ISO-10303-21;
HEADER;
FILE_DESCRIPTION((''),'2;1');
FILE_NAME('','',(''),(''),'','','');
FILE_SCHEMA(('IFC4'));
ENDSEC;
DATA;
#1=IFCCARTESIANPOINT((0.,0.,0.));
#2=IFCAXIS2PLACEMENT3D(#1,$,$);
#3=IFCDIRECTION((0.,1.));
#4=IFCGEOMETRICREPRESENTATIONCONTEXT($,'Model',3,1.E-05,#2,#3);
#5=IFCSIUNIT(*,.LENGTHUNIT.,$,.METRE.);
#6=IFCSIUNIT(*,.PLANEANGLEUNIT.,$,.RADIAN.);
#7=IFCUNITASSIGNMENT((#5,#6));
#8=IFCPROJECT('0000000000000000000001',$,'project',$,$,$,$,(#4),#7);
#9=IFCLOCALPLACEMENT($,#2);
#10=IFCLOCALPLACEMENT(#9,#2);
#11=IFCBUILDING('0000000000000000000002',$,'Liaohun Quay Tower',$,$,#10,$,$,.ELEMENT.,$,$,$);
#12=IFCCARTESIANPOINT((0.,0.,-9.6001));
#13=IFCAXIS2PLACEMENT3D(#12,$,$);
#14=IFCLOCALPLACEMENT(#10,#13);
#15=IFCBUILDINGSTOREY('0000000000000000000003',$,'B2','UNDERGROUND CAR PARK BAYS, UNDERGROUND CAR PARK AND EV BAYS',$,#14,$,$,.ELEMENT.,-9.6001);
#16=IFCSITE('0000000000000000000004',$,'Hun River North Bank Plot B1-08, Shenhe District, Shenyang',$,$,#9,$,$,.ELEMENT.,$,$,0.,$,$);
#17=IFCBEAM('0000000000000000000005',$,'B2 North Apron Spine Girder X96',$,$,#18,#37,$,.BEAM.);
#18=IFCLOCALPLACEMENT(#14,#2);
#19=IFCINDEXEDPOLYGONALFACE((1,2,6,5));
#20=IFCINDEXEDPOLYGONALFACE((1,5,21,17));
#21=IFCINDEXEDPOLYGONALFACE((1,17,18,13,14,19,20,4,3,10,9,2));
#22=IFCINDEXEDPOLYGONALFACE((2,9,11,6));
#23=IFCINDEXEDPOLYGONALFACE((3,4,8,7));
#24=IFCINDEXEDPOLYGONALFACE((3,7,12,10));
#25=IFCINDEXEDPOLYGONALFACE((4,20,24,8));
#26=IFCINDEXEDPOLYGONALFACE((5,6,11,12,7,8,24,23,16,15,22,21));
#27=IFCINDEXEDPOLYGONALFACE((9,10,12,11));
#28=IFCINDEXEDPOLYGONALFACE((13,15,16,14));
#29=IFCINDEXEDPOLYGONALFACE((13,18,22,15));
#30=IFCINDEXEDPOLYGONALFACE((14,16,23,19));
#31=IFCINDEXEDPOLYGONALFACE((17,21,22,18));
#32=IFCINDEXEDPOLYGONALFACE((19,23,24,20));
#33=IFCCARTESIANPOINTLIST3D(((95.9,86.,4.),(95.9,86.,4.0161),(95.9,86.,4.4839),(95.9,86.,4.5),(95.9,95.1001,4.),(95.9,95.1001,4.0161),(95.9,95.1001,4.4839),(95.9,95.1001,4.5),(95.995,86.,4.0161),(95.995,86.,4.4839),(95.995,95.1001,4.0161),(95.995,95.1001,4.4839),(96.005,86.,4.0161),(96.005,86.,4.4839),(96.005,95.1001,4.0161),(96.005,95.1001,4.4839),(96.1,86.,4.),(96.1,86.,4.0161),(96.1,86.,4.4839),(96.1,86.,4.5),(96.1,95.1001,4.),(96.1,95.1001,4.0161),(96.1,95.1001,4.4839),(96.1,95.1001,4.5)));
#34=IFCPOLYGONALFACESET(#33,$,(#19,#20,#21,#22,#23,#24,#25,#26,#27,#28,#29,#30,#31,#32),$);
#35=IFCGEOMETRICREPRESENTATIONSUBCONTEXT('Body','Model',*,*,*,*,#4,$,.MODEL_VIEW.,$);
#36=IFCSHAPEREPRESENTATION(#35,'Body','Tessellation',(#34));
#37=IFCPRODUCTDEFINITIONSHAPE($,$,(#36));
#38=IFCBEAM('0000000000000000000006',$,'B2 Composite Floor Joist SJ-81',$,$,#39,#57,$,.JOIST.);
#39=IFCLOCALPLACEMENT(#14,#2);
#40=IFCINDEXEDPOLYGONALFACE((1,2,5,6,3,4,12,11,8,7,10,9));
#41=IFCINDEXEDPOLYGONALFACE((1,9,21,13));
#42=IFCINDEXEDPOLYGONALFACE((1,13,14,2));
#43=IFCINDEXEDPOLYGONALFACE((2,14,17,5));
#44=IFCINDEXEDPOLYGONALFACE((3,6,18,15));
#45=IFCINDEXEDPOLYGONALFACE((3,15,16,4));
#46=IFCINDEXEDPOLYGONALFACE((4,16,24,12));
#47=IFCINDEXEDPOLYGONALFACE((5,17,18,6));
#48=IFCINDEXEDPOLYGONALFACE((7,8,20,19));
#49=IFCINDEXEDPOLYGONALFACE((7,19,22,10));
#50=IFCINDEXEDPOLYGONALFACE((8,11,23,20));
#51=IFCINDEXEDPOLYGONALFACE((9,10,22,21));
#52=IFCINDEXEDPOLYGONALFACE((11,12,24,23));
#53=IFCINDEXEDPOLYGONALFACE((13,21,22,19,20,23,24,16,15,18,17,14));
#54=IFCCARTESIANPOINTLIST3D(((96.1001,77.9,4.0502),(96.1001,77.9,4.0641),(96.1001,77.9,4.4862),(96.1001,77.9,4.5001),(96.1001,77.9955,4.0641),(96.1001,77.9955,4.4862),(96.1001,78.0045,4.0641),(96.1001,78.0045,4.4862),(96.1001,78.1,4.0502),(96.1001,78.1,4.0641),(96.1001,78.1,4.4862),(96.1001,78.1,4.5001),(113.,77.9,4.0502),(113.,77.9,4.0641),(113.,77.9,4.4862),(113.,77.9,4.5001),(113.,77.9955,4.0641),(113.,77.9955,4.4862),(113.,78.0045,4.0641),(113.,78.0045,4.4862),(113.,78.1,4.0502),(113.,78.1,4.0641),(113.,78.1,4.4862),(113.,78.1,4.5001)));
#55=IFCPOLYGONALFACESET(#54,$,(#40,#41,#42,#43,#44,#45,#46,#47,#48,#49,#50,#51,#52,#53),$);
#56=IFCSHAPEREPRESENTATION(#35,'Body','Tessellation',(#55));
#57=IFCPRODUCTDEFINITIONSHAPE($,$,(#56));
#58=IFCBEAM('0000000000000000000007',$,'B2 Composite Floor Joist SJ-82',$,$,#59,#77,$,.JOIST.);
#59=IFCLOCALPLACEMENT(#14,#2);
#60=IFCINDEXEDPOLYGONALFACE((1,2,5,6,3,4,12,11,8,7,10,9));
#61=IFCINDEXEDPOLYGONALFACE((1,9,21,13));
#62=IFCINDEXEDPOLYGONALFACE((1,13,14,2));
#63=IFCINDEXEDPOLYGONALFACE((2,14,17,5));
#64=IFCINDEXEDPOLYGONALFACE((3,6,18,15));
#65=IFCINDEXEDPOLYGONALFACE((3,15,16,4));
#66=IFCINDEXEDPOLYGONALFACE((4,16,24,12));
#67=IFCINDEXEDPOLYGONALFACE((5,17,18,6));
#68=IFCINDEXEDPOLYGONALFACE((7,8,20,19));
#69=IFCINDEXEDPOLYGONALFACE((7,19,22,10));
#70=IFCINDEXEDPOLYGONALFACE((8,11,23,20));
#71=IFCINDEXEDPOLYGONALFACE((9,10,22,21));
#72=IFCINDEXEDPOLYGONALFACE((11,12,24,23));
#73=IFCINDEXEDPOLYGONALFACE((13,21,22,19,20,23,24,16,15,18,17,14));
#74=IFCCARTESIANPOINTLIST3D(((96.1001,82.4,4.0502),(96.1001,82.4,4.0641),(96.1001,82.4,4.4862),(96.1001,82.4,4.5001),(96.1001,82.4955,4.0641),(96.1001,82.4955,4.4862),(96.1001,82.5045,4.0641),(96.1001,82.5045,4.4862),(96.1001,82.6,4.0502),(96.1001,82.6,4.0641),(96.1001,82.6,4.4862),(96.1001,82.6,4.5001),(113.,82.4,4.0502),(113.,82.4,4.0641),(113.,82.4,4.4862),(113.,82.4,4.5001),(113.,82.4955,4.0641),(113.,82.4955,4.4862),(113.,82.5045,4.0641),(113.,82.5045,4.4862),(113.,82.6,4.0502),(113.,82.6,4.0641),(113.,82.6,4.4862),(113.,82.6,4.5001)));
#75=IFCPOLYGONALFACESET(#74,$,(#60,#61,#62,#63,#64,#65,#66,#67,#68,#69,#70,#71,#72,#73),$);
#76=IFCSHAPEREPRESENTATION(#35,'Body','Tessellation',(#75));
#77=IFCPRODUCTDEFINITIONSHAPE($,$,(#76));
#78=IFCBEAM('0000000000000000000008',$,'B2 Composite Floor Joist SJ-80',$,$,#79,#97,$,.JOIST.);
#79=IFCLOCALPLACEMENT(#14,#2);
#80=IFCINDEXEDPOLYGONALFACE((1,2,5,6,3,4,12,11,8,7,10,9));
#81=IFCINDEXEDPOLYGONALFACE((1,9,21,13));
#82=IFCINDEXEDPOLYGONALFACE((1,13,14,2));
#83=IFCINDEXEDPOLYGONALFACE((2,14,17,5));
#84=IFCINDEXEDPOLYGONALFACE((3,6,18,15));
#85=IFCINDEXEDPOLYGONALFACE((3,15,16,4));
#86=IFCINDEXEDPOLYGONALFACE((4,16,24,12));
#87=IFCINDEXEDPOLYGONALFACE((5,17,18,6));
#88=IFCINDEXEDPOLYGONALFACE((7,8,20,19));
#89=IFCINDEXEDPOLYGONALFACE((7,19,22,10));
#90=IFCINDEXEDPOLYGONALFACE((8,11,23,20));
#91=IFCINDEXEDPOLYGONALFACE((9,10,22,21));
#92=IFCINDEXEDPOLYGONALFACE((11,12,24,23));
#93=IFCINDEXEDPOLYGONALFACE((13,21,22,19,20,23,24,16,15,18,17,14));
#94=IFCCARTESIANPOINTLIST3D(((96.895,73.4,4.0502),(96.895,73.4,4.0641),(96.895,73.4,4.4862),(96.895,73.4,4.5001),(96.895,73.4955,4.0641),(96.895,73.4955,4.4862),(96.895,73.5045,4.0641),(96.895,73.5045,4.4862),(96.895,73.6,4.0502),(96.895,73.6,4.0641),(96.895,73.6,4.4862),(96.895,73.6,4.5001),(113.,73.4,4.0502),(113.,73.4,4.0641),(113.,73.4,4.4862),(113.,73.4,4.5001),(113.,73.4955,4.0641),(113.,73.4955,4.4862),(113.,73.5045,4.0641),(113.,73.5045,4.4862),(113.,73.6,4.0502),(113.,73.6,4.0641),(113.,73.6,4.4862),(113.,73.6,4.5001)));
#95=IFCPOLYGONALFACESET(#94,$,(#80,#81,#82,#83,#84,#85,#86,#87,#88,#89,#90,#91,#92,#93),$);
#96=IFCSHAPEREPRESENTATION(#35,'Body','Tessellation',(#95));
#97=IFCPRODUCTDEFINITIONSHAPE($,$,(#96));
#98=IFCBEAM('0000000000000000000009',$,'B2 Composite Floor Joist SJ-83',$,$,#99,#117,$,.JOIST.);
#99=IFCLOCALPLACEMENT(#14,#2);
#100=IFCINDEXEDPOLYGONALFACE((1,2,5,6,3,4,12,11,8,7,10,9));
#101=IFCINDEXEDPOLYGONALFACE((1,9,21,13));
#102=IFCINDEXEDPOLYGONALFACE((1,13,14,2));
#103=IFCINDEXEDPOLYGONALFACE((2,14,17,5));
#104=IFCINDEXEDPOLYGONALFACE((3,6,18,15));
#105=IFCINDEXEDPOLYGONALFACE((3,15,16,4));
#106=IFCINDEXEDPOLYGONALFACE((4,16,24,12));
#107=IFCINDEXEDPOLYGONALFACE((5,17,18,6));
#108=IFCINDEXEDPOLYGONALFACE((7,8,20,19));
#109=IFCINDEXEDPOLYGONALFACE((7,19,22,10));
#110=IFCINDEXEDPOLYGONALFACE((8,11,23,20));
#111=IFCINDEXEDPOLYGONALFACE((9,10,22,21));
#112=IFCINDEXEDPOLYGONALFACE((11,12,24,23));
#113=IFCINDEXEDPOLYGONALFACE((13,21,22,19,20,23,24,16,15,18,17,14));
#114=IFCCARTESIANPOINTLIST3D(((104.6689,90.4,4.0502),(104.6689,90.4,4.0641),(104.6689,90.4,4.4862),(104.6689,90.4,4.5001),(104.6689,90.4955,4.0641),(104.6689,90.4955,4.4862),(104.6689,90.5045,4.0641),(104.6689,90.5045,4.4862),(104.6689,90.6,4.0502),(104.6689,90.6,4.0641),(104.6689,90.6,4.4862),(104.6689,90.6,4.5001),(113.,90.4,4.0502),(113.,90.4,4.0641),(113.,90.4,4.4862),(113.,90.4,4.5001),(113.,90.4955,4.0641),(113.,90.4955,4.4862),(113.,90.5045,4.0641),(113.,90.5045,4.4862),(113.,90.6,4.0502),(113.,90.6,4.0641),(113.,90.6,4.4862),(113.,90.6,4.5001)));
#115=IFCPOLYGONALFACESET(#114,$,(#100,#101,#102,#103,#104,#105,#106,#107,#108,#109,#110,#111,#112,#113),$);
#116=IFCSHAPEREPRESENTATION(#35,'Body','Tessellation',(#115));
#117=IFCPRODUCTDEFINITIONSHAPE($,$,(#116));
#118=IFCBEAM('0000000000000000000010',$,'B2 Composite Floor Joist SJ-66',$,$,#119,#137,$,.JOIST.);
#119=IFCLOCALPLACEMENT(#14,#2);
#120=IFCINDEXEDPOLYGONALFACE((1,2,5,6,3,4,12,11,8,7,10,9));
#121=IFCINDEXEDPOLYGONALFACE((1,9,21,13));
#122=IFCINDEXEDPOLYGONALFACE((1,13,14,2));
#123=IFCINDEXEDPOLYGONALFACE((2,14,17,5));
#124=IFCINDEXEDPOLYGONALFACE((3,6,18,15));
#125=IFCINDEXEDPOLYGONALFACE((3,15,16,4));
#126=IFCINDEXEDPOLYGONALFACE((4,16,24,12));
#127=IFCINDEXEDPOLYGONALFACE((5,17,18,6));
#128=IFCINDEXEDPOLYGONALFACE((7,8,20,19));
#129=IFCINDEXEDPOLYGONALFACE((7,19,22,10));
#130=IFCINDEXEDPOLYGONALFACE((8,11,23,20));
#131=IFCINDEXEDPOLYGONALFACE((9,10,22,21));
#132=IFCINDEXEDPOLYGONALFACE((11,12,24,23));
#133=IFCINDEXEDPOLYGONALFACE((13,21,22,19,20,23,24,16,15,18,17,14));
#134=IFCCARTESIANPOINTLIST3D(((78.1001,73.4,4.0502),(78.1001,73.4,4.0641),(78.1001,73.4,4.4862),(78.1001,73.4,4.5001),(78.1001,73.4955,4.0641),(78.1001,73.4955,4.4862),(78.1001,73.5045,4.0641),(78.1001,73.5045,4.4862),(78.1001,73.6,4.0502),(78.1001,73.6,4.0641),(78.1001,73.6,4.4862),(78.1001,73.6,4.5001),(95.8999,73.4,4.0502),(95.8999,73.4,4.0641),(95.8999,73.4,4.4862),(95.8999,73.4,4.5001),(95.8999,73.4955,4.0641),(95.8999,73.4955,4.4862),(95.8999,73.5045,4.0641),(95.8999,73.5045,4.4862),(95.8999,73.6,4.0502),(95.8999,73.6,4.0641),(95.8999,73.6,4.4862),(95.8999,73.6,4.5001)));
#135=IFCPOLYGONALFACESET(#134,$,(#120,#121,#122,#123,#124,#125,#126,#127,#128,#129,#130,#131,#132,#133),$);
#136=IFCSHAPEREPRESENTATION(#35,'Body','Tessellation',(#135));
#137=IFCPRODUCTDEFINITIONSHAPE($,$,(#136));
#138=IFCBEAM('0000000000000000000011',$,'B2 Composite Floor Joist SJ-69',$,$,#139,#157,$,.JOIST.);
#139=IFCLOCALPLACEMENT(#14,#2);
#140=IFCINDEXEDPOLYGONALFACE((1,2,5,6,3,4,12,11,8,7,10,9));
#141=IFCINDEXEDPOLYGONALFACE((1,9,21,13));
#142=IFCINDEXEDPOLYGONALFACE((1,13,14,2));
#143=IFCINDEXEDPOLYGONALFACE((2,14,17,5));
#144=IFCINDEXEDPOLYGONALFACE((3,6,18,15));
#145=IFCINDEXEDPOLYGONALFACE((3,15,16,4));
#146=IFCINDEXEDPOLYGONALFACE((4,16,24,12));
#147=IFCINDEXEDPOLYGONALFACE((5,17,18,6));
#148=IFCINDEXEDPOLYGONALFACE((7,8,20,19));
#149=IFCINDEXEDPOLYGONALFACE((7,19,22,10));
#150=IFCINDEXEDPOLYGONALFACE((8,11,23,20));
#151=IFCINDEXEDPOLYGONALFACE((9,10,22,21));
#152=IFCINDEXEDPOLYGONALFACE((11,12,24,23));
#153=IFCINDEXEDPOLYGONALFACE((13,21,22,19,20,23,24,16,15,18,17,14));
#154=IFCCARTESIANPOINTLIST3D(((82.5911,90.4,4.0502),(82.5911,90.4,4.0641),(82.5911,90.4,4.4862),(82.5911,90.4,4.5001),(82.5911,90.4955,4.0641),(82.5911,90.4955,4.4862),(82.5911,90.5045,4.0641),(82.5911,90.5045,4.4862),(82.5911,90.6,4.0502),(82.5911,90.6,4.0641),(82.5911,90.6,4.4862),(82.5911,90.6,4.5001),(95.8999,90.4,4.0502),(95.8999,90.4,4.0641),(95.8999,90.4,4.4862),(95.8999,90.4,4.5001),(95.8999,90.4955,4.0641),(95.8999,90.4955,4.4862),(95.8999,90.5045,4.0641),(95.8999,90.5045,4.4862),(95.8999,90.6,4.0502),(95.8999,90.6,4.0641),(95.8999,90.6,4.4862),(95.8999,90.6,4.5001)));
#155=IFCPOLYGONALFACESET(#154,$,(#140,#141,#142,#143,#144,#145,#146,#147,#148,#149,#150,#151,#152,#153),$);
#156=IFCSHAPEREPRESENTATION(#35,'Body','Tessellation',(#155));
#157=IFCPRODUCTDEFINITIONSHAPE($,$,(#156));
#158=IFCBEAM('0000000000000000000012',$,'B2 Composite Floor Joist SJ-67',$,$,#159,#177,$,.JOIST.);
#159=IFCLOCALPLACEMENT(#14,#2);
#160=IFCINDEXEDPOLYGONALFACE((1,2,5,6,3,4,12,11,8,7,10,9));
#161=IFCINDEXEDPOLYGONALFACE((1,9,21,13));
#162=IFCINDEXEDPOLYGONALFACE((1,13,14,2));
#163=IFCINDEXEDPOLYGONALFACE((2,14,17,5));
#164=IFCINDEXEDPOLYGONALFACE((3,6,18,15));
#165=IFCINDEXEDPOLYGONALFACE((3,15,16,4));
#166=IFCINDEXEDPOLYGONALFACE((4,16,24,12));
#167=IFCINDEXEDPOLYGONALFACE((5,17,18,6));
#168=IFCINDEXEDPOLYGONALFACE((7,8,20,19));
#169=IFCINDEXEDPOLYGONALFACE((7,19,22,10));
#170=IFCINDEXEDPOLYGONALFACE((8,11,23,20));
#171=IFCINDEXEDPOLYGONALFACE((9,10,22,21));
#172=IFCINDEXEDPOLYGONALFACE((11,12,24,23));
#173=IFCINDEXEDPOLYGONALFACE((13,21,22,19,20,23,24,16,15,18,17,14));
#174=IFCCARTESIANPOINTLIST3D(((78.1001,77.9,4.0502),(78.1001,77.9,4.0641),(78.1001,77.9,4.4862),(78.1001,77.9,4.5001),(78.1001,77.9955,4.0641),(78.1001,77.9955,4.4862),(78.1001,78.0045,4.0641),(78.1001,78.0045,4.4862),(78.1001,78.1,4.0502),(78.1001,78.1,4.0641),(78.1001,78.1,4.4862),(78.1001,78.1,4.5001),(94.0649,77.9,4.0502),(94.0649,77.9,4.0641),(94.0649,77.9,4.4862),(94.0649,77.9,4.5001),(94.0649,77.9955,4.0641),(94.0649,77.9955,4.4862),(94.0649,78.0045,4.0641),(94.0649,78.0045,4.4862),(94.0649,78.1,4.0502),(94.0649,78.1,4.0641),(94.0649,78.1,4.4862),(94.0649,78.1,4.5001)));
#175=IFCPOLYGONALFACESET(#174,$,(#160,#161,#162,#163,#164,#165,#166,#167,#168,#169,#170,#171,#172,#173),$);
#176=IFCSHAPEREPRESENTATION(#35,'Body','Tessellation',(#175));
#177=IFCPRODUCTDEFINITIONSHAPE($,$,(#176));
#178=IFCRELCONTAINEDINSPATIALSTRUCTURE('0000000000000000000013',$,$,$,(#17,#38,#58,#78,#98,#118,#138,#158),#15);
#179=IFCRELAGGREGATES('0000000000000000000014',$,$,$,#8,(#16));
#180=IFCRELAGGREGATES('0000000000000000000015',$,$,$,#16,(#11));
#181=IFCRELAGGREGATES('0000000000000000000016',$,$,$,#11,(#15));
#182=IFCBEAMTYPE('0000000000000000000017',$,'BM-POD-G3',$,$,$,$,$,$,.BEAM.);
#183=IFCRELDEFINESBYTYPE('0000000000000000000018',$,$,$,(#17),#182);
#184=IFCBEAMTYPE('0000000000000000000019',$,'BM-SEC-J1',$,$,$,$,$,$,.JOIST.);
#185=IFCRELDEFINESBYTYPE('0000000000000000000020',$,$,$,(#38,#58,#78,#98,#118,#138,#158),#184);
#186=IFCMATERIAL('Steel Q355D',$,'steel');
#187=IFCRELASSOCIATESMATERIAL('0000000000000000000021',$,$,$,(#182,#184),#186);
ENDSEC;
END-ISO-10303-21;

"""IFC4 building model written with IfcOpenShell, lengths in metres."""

from ifc_helpers import new_model, si_unit, direction, frame, origin, origin_2d, place, context, subcontext, project, spatial, i_section, extrude, source, transform, mapped, material, material_profile, profile_set, type_object, element, save


model = new_model("IFC4")

# Units and contexts
model_context = context("Model", 3, precision=1e-05, world=origin(), true_north=direction((0.0, 1.0)))
body_context = subcontext(model_context, "Body", "Model", "MODEL_VIEW")
ifc_project = project(units=[si_unit("LENGTHUNIT", "METRE"), si_unit("PLANEANGLEUNIT", "RADIAN")], contexts=[model_context])

# Site, building, storey
site_placement = place(None, origin())
site = spatial("IfcSite", under=ifc_project, at=site_placement, Name="Hun River North Bank Plot B1-08, Shenhe District, Shenyang", CompositionType="ELEMENT", RefElevation=0.0)
building_placement = place(site_placement, origin())
building = spatial("IfcBuilding", under=site, at=building_placement, Name="Liaohun Quay Tower", CompositionType="ELEMENT")
storey_placement = place(building_placement, frame((0.0, 0.0, -9.6001)))
storey = spatial("IfcBuildingStorey", under=building, at=storey_placement, Name="B2", Description="UNDERGROUND CAR PARK BAYS, UNDERGROUND CAR PARK AND EV BAYS", CompositionType="ELEMENT", Elevation=-9.6001)

# Beams
ifc_material_1 = material(Name="Steel Q355D", Category="steel")
ifc_material_profile_1 = material_profile(ifc_material_1, i_section(OverallWidth=0.2, OverallDepth=0.5, WebThickness=0.01, FlangeThickness=0.0161, at=origin_2d()), Name="HN500x200x10x16")
ifc_profile_set_1 = profile_set([ifc_material_profile_1], Name="Steel Q355D")
beam_type_1 = type_object("IfcBeamType", Name="BM-POD-G3", PredefinedType="BEAM", material=ifc_profile_set_1)
shared_shape_1 = source(origin(), body_context, "Body", "SweptSolid", [
    extrude(i_section(OverallWidth=0.2, OverallDepth=0.5, WebThickness=0.01, FlangeThickness=0.0161, at=origin_2d()), origin(), (0.0, 0.0, 1.0), 9.1001),
])
for number, where, z_axis, x_axis, name in (
    (1, (96.0, 86.0, 4.25), (0.0, 1.0, 0.0), (-1.0, 0.0, 0.0), "B2 North Apron Spine Girder X96"),
):
    element("IfcBeam", number, at=place(storey_placement, frame(where, z_axis=z_axis, x_axis=x_axis)), inside=storey, type_object=beam_type_1, Name=name, PredefinedType="BEAM", context=body_context, shape_type="MappedRepresentation", body=[
        mapped(shared_shape_1, transform((0.0, 0.0, 0.0), x_axis=(1.0, 0.0, 0.0), y_axis=(0.0, 1.0, 0.0), z_axis=(0.0, 0.0, 1.0), scale=1.0)),
    ])
ifc_material_profile_2 = material_profile(ifc_material_1, i_section(OverallWidth=0.2, OverallDepth=0.45, WebThickness=0.009, FlangeThickness=0.0139, at=origin_2d()), Name="HN450x200x9x14")
ifc_profile_set_2 = profile_set([ifc_material_profile_2], Name="Steel Q355D")
beam_type_2 = type_object("IfcBeamType", Name="BM-SEC-J1", PredefinedType="JOIST", material=ifc_profile_set_2)
shared_shape_2 = source(origin(), body_context, "Body", "SweptSolid", [
    extrude(i_section(OverallWidth=0.2, OverallDepth=0.45, WebThickness=0.009, FlangeThickness=0.0139, at=origin_2d()), origin(), (0.0, 0.0, 1.0), 16.8999),
])
for number, where, z_axis, x_axis, name in (
    (2, (96.1001, 78.0, 4.2751), (1.0, 0.0, 0.0), (0.0, 1.0, 0.0), "B2 Composite Floor Joist SJ-81"),
    (3, (96.1001, 82.5, 4.2751), (1.0, 0.0, 0.0), (0.0, 1.0, 0.0), "B2 Composite Floor Joist SJ-82"),
):
    element("IfcBeam", number, at=place(storey_placement, frame(where, z_axis=z_axis, x_axis=x_axis)), inside=storey, type_object=beam_type_2, Name=name, PredefinedType="JOIST", context=body_context, shape_type="MappedRepresentation", body=[
        mapped(shared_shape_2, transform((0.0, 0.0, 0.0), x_axis=(1.0, 0.0, 0.0), y_axis=(0.0, 1.0, 0.0), z_axis=(0.0, 0.0, 1.0), scale=1.0)),
    ])
shared_shape_3 = source(origin(), body_context, "Body", "SweptSolid", [
    extrude(i_section(OverallWidth=0.2, OverallDepth=0.45, WebThickness=0.009, FlangeThickness=0.0139, at=origin_2d()), origin(), (0.0, 0.0, 1.0), 16.105),
])
beam_1_placement = place(storey_placement, frame((96.895, 73.5, 4.2751), z_axis=(1.0, 0.0, 0.0), x_axis=(0.0, 1.0, 0.0)))
element("IfcBeam", 4, at=beam_1_placement, inside=storey, type_object=beam_type_2, Name="B2 Composite Floor Joist SJ-80", PredefinedType="JOIST", context=body_context, shape_type="MappedRepresentation", body=[
    mapped(shared_shape_3, transform((0.0, 0.0, 0.0), x_axis=(1.0, 0.0, 0.0), y_axis=(0.0, 1.0, 0.0), z_axis=(0.0, 0.0, 1.0), scale=1.0)),
])
shared_shape_4 = source(origin(), body_context, "Body", "SweptSolid", [
    extrude(i_section(OverallWidth=0.2, OverallDepth=0.45, WebThickness=0.009, FlangeThickness=0.0139, at=origin_2d()), origin(), (0.0, 0.0, 1.0), 8.3311),
])
beam_2_placement = place(storey_placement, frame((104.6689, 90.5, 4.2751), z_axis=(1.0, 0.0, 0.0), x_axis=(0.0, 1.0, 0.0)))
element("IfcBeam", 5, at=beam_2_placement, inside=storey, type_object=beam_type_2, Name="B2 Composite Floor Joist SJ-83", PredefinedType="JOIST", context=body_context, shape_type="MappedRepresentation", body=[
    mapped(shared_shape_4, transform((0.0, 0.0, 0.0), x_axis=(1.0, 0.0, 0.0), y_axis=(0.0, 1.0, 0.0), z_axis=(0.0, 0.0, 1.0), scale=1.0)),
])
shared_shape_5 = source(origin(), body_context, "Body", "SweptSolid", [
    extrude(i_section(OverallWidth=0.2, OverallDepth=0.45, WebThickness=0.009, FlangeThickness=0.0139, at=origin_2d()), origin(), (0.0, 0.0, 1.0), 17.7998),
])
beam_3_placement = place(storey_placement, frame((78.1001, 73.5, 4.2751), z_axis=(1.0, 0.0, 0.0), x_axis=(0.0, 1.0, 0.0)))
element("IfcBeam", 6, at=beam_3_placement, inside=storey, type_object=beam_type_2, Name="B2 Composite Floor Joist SJ-66", PredefinedType="JOIST", context=body_context, shape_type="MappedRepresentation", body=[
    mapped(shared_shape_5, transform((0.0, 0.0, 0.0), x_axis=(1.0, 0.0, 0.0), y_axis=(0.0, 1.0, 0.0), z_axis=(0.0, 0.0, 1.0), scale=1.0)),
])
shared_shape_6 = source(origin(), body_context, "Body", "SweptSolid", [
    extrude(i_section(OverallWidth=0.2, OverallDepth=0.45, WebThickness=0.009, FlangeThickness=0.0139, at=origin_2d()), origin(), (0.0, 0.0, 1.0), 13.3088),
])
beam_4_placement = place(storey_placement, frame((82.5911, 90.5, 4.2751), z_axis=(1.0, 0.0, 0.0), x_axis=(0.0, 1.0, 0.0)))
element("IfcBeam", 7, at=beam_4_placement, inside=storey, type_object=beam_type_2, Name="B2 Composite Floor Joist SJ-69", PredefinedType="JOIST", context=body_context, shape_type="MappedRepresentation", body=[
    mapped(shared_shape_6, transform((0.0, 0.0, 0.0), x_axis=(1.0, 0.0, 0.0), y_axis=(0.0, 1.0, 0.0), z_axis=(0.0, 0.0, 1.0), scale=1.0)),
])
shared_shape_7 = source(origin(), body_context, "Body", "SweptSolid", [
    extrude(i_section(OverallWidth=0.2, OverallDepth=0.45, WebThickness=0.009, FlangeThickness=0.0139, at=origin_2d()), origin(), (0.0, 0.0, 1.0), 15.9648),
])
beam_5_placement = place(storey_placement, frame((78.1001, 78.0, 4.2751), z_axis=(1.0, 0.0, 0.0), x_axis=(0.0, 1.0, 0.0)))
element("IfcBeam", 8, at=beam_5_placement, inside=storey, type_object=beam_type_2, Name="B2 Composite Floor Joist SJ-67", PredefinedType="JOIST", context=body_context, shape_type="MappedRepresentation", body=[
    mapped(shared_shape_7, transform((0.0, 0.0, 0.0), x_axis=(1.0, 0.0, 0.0), y_axis=(0.0, 1.0, 0.0), z_axis=(0.0, 0.0, 1.0), scale=1.0)),
])

save(model, "model.ifc")
